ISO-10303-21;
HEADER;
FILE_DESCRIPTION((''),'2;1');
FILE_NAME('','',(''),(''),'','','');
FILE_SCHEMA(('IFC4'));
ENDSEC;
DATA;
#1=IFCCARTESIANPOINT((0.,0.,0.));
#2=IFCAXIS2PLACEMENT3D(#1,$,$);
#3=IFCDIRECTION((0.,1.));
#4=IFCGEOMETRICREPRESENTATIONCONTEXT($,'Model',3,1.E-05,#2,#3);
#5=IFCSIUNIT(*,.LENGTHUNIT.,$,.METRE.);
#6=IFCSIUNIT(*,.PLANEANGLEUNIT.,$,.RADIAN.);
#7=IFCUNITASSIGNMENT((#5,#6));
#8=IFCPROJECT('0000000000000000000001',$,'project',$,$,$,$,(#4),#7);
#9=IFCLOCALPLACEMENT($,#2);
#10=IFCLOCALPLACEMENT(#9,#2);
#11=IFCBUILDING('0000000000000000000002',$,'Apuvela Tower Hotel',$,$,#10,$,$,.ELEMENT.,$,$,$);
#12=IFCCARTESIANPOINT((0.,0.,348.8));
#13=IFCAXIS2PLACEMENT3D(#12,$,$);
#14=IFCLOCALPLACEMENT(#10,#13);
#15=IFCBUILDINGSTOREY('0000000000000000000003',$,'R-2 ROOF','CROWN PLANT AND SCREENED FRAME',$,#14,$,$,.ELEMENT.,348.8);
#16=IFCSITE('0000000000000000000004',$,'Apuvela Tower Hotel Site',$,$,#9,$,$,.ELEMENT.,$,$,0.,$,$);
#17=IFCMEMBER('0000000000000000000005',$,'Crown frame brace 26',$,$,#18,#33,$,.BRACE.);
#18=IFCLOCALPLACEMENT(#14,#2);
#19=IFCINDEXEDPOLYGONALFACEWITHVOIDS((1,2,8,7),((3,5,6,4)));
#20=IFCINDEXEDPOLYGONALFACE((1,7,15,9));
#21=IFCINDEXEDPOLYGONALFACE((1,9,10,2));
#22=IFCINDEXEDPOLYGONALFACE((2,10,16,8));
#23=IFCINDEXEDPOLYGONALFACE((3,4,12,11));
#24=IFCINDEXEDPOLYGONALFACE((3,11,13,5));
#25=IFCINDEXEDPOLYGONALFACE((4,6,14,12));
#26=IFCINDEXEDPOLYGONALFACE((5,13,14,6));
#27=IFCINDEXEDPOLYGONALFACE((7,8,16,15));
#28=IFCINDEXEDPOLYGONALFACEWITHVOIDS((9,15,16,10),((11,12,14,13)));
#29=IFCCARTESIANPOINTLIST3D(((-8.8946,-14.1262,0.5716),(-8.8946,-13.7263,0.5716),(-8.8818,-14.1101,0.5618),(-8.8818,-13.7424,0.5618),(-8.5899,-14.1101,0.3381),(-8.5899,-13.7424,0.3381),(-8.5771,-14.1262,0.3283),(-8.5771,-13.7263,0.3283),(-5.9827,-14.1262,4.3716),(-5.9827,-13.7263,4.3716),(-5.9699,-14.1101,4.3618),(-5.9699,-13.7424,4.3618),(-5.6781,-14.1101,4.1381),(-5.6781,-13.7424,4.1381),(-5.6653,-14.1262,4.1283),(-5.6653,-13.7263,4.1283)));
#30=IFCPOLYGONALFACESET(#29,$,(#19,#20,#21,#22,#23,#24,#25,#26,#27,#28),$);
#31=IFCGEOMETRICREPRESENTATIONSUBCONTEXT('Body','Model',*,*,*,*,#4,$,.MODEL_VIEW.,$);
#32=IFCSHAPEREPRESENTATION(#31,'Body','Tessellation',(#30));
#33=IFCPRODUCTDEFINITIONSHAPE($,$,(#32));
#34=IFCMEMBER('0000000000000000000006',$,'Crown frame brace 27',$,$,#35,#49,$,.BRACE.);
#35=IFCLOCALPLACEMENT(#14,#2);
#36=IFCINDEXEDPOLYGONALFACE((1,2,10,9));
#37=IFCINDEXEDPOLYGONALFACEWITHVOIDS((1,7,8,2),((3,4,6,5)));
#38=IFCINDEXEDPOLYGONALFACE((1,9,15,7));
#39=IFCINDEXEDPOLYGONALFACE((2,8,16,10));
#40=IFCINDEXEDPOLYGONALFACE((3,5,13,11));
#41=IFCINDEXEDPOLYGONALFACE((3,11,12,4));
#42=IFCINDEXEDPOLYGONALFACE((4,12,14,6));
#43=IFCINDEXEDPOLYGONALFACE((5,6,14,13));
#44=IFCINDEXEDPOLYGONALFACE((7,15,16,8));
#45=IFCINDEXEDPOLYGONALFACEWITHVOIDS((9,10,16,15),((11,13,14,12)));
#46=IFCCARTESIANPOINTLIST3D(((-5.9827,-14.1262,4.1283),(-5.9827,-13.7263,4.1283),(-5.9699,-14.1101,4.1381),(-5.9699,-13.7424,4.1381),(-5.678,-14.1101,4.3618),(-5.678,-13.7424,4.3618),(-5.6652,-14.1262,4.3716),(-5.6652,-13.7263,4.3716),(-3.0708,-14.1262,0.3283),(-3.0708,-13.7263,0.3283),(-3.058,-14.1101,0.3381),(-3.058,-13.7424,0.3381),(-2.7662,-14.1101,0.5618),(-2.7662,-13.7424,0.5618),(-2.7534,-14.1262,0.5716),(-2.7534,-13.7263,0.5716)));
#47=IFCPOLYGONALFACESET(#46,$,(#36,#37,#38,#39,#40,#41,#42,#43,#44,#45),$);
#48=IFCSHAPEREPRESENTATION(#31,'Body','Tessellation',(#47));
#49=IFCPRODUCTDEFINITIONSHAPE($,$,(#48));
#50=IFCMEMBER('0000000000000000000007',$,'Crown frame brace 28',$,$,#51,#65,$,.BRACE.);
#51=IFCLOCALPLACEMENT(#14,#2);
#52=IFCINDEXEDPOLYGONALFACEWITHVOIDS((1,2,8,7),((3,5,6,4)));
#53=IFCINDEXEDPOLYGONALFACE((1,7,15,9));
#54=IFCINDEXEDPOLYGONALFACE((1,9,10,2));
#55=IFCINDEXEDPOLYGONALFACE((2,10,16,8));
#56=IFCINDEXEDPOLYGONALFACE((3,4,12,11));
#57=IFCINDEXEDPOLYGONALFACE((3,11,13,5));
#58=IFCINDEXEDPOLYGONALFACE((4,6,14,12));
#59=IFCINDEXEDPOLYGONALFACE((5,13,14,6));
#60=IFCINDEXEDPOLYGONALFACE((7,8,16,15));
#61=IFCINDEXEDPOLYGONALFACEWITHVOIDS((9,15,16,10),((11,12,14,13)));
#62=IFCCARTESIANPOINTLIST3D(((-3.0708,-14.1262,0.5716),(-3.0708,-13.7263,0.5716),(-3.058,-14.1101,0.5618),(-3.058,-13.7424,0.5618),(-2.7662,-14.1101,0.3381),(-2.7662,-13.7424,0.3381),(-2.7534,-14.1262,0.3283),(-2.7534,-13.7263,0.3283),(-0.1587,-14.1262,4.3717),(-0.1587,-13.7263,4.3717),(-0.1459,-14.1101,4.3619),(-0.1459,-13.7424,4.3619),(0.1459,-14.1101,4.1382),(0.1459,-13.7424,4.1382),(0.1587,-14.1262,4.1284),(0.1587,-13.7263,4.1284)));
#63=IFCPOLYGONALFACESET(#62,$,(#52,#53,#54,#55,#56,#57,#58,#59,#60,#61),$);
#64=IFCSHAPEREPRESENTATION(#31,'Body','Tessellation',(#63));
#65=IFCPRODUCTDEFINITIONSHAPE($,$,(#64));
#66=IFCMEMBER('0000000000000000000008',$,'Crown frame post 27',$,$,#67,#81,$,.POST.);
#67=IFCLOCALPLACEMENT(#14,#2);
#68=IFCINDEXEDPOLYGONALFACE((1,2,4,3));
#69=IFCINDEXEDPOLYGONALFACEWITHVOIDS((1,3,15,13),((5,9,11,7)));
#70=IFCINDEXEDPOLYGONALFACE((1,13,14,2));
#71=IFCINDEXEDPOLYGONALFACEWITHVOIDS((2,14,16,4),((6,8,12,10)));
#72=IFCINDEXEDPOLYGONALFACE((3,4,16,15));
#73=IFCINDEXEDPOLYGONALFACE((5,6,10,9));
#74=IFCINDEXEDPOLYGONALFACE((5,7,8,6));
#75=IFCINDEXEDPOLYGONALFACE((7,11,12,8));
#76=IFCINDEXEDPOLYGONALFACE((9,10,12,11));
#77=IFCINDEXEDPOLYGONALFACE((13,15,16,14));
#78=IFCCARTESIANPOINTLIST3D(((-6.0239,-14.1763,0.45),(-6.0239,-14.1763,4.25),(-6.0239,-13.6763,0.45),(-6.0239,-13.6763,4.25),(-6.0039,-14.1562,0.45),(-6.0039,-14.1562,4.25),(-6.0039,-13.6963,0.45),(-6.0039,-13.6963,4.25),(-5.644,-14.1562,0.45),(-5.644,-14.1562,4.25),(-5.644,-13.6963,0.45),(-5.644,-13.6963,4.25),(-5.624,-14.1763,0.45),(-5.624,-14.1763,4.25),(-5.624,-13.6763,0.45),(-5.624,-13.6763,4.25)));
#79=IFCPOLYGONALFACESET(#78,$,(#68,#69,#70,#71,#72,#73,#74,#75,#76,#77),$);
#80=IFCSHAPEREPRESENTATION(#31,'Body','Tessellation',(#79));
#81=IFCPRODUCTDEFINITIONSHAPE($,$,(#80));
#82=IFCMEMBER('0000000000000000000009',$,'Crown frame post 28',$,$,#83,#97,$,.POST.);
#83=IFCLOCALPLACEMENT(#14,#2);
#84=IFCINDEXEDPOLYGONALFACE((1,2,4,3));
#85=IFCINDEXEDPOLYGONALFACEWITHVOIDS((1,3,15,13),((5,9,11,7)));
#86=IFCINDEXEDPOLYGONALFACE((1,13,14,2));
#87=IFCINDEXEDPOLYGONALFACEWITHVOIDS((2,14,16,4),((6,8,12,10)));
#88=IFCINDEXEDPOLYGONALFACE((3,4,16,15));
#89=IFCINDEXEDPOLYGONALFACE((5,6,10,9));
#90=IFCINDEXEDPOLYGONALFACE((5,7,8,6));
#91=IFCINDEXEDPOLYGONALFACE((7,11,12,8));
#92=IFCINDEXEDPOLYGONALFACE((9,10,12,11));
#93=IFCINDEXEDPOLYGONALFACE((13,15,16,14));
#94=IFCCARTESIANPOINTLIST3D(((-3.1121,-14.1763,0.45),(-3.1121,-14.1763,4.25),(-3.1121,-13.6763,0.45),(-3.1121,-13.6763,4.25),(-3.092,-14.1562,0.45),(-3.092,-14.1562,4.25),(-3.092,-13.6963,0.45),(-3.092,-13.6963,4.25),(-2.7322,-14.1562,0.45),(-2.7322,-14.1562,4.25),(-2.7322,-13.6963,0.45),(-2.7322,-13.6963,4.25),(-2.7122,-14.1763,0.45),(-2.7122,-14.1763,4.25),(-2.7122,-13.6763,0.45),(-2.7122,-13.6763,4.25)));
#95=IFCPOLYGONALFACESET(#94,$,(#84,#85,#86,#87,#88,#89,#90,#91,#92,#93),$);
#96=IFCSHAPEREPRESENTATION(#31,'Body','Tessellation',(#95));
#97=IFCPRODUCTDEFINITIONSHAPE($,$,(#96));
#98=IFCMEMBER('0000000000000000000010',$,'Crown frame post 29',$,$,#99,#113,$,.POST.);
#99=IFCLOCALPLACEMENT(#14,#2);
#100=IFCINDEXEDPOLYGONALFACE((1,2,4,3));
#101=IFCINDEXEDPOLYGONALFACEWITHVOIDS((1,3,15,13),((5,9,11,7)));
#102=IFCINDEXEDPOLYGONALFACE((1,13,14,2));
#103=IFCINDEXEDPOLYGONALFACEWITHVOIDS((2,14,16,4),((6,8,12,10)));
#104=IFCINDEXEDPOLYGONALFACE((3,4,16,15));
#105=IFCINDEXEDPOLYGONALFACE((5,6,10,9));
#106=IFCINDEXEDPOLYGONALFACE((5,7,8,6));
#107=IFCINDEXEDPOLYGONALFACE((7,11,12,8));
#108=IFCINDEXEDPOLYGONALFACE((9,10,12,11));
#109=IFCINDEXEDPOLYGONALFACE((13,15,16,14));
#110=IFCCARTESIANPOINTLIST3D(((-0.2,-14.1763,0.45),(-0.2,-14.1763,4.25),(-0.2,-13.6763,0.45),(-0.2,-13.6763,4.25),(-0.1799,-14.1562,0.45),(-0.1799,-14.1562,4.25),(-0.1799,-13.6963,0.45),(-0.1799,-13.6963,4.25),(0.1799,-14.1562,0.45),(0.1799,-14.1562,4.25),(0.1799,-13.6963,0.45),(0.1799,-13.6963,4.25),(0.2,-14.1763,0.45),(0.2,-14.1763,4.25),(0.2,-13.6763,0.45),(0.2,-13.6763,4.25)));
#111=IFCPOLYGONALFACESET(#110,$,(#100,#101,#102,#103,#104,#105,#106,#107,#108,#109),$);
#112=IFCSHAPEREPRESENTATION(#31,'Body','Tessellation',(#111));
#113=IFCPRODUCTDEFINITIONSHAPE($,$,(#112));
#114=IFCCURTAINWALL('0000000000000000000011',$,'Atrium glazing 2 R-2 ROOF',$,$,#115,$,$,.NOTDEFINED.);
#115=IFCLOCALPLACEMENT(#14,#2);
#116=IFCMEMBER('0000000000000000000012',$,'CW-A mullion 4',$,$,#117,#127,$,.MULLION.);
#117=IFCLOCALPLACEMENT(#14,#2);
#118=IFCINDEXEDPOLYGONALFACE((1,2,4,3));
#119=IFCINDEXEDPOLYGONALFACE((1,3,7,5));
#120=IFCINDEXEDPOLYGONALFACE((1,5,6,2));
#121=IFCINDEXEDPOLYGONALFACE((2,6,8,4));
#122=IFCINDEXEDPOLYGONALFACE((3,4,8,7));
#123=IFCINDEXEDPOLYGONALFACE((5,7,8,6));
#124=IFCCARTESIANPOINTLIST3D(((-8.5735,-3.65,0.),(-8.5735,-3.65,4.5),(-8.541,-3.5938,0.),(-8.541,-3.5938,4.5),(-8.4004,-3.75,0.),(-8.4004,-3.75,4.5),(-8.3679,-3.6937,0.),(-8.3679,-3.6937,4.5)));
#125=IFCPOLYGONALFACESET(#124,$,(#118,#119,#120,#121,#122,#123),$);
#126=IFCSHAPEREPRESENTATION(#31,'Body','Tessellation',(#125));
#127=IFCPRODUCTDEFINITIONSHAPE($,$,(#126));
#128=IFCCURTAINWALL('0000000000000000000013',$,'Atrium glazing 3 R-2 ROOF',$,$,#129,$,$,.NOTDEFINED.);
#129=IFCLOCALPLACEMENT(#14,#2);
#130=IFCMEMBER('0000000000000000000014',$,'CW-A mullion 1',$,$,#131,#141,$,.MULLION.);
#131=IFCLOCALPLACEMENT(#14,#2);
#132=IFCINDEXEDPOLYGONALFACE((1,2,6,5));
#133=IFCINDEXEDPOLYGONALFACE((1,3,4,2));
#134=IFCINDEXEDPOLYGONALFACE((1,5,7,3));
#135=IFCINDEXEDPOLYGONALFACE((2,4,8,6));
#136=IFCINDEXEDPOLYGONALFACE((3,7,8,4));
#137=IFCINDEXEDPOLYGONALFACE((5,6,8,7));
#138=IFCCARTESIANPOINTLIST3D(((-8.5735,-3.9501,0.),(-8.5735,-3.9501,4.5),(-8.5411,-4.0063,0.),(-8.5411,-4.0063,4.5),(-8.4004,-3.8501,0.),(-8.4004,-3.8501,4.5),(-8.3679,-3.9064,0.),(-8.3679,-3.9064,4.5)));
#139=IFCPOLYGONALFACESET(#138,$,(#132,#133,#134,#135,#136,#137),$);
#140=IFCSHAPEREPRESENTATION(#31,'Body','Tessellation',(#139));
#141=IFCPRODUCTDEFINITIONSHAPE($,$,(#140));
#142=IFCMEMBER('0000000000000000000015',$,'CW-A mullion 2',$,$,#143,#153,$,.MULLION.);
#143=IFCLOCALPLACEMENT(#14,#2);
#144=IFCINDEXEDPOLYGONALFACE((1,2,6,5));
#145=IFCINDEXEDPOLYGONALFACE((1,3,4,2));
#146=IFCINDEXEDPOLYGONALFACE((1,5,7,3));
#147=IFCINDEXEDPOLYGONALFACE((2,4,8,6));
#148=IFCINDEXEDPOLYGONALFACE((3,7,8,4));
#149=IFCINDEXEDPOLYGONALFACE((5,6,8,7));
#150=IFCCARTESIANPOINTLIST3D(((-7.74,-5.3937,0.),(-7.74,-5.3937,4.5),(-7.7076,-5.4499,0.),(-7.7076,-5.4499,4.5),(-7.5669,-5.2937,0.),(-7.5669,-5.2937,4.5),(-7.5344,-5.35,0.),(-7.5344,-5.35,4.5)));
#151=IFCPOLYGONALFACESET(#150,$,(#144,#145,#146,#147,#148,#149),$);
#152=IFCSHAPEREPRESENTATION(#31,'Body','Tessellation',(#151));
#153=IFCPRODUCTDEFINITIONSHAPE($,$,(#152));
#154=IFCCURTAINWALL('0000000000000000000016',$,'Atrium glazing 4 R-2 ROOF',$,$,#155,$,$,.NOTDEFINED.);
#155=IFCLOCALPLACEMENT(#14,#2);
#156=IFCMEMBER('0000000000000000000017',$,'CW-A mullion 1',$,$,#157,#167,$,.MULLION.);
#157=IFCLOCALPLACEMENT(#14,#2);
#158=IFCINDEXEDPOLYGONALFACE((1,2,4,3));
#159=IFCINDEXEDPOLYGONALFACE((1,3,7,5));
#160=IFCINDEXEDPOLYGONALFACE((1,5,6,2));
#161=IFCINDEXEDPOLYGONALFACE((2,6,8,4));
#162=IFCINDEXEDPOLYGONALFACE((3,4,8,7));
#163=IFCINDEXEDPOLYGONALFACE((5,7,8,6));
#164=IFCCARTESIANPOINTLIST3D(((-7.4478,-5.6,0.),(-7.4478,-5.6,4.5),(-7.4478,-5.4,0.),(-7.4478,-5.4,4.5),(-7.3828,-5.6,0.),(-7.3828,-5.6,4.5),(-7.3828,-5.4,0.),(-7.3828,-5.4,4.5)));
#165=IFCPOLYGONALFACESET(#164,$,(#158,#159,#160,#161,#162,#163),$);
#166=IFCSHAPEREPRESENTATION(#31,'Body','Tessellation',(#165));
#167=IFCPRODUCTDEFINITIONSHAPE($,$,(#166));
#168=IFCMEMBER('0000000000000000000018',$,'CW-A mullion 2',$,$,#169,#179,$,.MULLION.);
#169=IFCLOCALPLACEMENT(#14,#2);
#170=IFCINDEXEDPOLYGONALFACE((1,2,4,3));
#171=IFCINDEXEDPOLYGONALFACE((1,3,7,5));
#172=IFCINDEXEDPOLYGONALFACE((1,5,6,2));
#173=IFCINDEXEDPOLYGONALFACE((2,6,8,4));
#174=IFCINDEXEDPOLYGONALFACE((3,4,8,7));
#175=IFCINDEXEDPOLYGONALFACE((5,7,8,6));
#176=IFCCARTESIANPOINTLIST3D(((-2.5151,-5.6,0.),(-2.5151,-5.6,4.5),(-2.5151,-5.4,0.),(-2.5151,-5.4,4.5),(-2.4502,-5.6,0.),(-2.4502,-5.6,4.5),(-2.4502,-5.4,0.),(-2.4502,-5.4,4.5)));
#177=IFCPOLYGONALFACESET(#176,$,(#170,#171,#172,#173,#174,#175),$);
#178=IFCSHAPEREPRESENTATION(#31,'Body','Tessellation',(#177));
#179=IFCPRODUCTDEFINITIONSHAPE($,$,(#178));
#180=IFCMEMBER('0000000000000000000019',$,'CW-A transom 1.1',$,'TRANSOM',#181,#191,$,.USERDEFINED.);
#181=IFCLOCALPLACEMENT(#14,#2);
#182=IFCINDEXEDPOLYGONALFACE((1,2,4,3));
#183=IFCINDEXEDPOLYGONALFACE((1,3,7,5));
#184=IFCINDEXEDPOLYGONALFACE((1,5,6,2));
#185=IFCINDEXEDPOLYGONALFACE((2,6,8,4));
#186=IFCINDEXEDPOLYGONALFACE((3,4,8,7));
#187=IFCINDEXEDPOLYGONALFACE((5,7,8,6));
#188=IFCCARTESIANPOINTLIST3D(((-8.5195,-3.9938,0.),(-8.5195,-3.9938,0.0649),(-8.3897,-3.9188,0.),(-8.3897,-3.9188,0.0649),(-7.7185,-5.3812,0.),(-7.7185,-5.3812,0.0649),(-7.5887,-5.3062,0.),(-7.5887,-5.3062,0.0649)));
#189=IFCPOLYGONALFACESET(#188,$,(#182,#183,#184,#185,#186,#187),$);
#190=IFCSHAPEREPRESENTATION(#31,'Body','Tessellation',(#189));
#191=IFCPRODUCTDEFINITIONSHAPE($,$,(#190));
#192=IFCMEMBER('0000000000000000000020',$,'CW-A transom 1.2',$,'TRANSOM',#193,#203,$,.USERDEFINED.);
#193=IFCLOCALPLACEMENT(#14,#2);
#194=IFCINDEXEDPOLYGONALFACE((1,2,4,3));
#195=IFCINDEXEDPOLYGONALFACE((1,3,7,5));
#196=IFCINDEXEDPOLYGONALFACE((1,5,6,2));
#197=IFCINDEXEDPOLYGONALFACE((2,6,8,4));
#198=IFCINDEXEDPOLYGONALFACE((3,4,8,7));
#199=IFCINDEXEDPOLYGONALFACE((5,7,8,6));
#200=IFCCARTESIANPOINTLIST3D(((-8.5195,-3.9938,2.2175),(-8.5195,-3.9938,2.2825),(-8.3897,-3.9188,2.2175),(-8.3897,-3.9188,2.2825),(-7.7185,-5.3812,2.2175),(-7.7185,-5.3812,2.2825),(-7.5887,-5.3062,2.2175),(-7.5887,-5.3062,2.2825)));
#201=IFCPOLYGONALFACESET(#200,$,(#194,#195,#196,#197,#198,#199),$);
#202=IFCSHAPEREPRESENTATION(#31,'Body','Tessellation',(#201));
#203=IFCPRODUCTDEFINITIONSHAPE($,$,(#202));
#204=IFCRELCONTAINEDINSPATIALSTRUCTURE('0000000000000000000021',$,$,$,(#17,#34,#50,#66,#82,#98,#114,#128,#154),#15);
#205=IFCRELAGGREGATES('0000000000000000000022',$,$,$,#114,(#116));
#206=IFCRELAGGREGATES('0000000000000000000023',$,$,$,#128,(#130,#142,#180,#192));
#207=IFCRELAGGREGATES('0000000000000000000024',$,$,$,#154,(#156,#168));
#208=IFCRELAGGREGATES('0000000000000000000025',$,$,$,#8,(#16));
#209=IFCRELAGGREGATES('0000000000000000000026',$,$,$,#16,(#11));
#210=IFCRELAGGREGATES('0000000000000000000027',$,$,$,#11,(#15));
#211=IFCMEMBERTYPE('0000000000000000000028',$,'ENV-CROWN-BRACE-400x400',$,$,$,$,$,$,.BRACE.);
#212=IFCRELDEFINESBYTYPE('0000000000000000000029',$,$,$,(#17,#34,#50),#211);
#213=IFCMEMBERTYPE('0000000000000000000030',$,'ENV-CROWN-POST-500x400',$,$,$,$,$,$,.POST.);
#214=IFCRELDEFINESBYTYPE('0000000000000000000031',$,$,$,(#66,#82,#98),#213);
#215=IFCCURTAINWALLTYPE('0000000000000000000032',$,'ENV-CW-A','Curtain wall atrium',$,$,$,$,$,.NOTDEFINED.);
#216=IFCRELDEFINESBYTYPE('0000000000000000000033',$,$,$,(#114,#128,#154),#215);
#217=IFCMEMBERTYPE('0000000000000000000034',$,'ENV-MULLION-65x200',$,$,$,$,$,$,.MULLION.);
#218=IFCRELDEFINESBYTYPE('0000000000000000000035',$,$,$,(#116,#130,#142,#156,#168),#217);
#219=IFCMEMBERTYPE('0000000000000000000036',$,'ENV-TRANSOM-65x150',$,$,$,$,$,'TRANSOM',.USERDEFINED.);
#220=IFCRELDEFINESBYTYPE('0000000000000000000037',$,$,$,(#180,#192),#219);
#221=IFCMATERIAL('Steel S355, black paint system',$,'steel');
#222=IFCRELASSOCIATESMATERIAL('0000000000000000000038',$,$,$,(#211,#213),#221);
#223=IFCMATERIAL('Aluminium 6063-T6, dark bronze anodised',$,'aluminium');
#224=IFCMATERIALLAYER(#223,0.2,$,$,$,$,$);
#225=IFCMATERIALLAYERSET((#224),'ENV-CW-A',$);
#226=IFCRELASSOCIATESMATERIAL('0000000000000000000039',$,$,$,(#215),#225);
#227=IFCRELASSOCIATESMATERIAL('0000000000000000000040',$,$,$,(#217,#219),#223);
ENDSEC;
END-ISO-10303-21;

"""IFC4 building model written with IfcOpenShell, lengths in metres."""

from ifc_helpers import new_model, si_unit, direction, frame, origin, origin_2d, place, context, subcontext, project, spatial, rectangle, hollow_rectangle, extrude, material, layer, layer_set, material_profile, profile_set, type_object, element, aggregate, save


model = new_model("IFC4")

# Units and contexts
model_context = context("Model", 3, precision=1e-05, world=origin(), true_north=direction((0.0, 1.0)))
body_context = subcontext(model_context, "Body", "Model", "MODEL_VIEW")
ifc_project = project(units=[si_unit("LENGTHUNIT", "METRE"), si_unit("PLANEANGLEUNIT", "RADIAN")], contexts=[model_context])

# Site, building, storey
site_placement = place(None, origin())
site = spatial("IfcSite", under=ifc_project, at=site_placement, Name="Apuvela Tower Hotel Site", CompositionType="ELEMENT", RefElevation=0.0)
building_placement = place(site_placement, origin())
building = spatial("IfcBuilding", under=site, at=building_placement, Name="Apuvela Tower Hotel", CompositionType="ELEMENT")
storey_placement = place(building_placement, frame((0.0, 0.0, 348.8)))
storey = spatial("IfcBuildingStorey", under=building, at=storey_placement, Name="R-2 ROOF", Description="CROWN PLANT AND SCREENED FRAME", CompositionType="ELEMENT", Elevation=348.8)

# Members
ifc_material_1 = material(Name="Steel S355, black paint system", Category="steel")
ifc_material_profile_1 = material_profile(ifc_material_1, hollow_rectangle(XDim=0.3999, YDim=0.3999, WallThickness=0.0161, at=origin_2d()), Name="HSS 400x400x16")
ifc_profile_set_1 = profile_set([ifc_material_profile_1], Name="Steel S355, black paint system")
member_type_1 = type_object("IfcMemberType", Name="ENV-CROWN-BRACE-400x400", PredefinedType="BRACE", material=ifc_profile_set_1)
for number, where, z_axis, x_axis, name in (
    (1, (-8.7358, -13.9263, 0.45), (0.608233, 0.0, 0.793758), (0.0, 1.0, 0.0), "Crown frame brace 26"),
    (2, (-2.9121, -13.9263, 0.45), (-0.608233, 0.0, 0.793758), (0.0, -1.0, 0.0), "Crown frame brace 27"),
):
    element("IfcMember", number, at=place(storey_placement, frame(where, z_axis=z_axis, x_axis=x_axis)), inside=storey, type_object=member_type_1, Name=name, PredefinedType="BRACE", context=body_context, shape_type="SweptSolid", body=[
        extrude(hollow_rectangle(XDim=0.3999, YDim=0.3999, WallThickness=0.0161, at=origin_2d()), origin(), (0.0, 0.0, 1.0), 4.7874),
    ])
member_1_placement = place(storey_placement, frame((-2.9121, -13.9263, 0.45), z_axis=(0.608266, 0.0, 0.793734), x_axis=(0.0, 1.0, 0.0)))
element("IfcMember", 3, at=member_1_placement, inside=storey, type_object=member_type_1, Name="Crown frame brace 28", PredefinedType="BRACE", context=body_context, shape_type="SweptSolid", body=[
    extrude(hollow_rectangle(XDim=0.3999, YDim=0.3999, WallThickness=0.0161, at=origin_2d()), origin(), (0.0, 0.0, 1.0), 4.7876),
])
ifc_material_profile_2 = material_profile(ifc_material_1, hollow_rectangle(XDim=0.3999, YDim=0.5, WallThickness=0.02, at=origin_2d()), Name="HSS 500x400x20")
ifc_profile_set_2 = profile_set([ifc_material_profile_2], Name="Steel S355, black paint system")
member_type_2 = type_object("IfcMemberType", Name="ENV-CROWN-POST-500x400", PredefinedType="POST", material=ifc_profile_set_2)
for number, where, z_axis, x_axis, name in (
    (4, (-5.824, -13.9263, 0.45), (0.0, 0.0, 1.0), (1.0, 0.0, 0.0), "Crown frame post 27"),
    (5, (-2.9121, -13.9263, 0.45), (0.0, 0.0, 1.0), (1.0, 0.0, 0.0), "Crown frame post 28"),
    (6, (0.0, -13.9263, 0.45), (0.0, 0.0, 1.0), (1.0, 0.0, 0.0), "Crown frame post 29"),
):
    element("IfcMember", number, at=place(storey_placement, frame(where, z_axis=z_axis, x_axis=x_axis)), inside=storey, type_object=member_type_2, Name=name, PredefinedType="POST", context=body_context, shape_type="SweptSolid", body=[
        extrude(hollow_rectangle(XDim=0.3999, YDim=0.5, WallThickness=0.02, at=origin_2d()), origin(), (0.0, 0.0, 1.0), 3.8),
    ])

# Curtain wall, member
ifc_material_2 = material(Name="Aluminium 6063-T6, dark bronze anodised", Category="aluminium")
ifc_layer_1 = layer(ifc_material_2, 0.2)
ifc_layer_set_1 = layer_set([ifc_layer_1], Name="ENV-CW-A")
curtain_wall_type = type_object("IfcCurtainWallType", Name="ENV-CW-A", Description="Curtain wall atrium", PredefinedType="NOTDEFINED", material=ifc_layer_set_1)
curtain_wall_1_placement = place(storey_placement, origin())
curtain_wall_1 = element("IfcCurtainWall", 7, at=curtain_wall_1_placement, inside=storey, type_object=curtain_wall_type, Name="Atrium glazing 2 R-2 ROOF", PredefinedType="NOTDEFINED")
ifc_material_profile_3 = material_profile(ifc_material_2, rectangle(XDim=0.2, YDim=0.0649, at=origin_2d()), Name="AL 65x200")
ifc_profile_set_3 = profile_set([ifc_material_profile_3], Name="Aluminium 6063-T6, dark bronze anodised")
member_type_3 = type_object("IfcMemberType", Name="ENV-MULLION-65x200", PredefinedType="MULLION", material=ifc_profile_set_3)
member_2_placement = place(storey_placement, frame((-8.4707, -3.6719, 0.0), z_axis=(0.0, 0.0, 1.0), x_axis=(0.866026, -0.499999, 0.0)))
member_2 = element("IfcMember", 8, at=member_2_placement, type_object=member_type_3, Name="CW-A mullion 4", PredefinedType="MULLION", context=body_context, shape_type="SweptSolid", body=[
    extrude(rectangle(XDim=0.2, YDim=0.0649, at=origin_2d()), origin(), (0.0, 0.0, 1.0), 4.5),
])

# Curtain walls, members
curtain_wall_2_placement = place(storey_placement, origin())
curtain_wall_2 = element("IfcCurtainWall", 9, at=curtain_wall_2_placement, inside=storey, type_object=curtain_wall_type, Name="Atrium glazing 3 R-2 ROOF", PredefinedType="NOTDEFINED")
member_3_placement = place(storey_placement, frame((-8.4707, -3.9282, 0.0), z_axis=(0.0, 0.0, 1.0), x_axis=(0.866032, 0.499989, 0.0)))
member_3 = element("IfcMember", 10, at=member_3_placement, type_object=member_type_3, Name="CW-A mullion 1", PredefinedType="MULLION", context=body_context, shape_type="SweptSolid", body=[
    extrude(rectangle(XDim=0.2, YDim=0.0649, at=origin_2d()), origin(), (0.0, 0.0, 1.0), 4.5),
])
member_4_placement = place(storey_placement, frame((-7.6372, -5.3718, 0.0), z_axis=(0.0, 0.0, 1.0), x_axis=(0.866032, 0.499989, 0.0)))
member_4 = element("IfcMember", 11, at=member_4_placement, type_object=member_type_3, Name="CW-A mullion 2", PredefinedType="MULLION", context=body_context, shape_type="SweptSolid", body=[
    extrude(rectangle(XDim=0.2, YDim=0.0649, at=origin_2d()), origin(), (0.0, 0.0, 1.0), 4.5),
])
curtain_wall_3_placement = place(storey_placement, origin())
curtain_wall_3 = element("IfcCurtainWall", 12, at=curtain_wall_3_placement, inside=storey, type_object=curtain_wall_type, Name="Atrium glazing 4 R-2 ROOF", PredefinedType="NOTDEFINED")
member_5_placement = place(storey_placement, frame((-7.4153, -5.5, 0.0), z_axis=(0.0, 0.0, 1.0), x_axis=(0.0, 1.0, 0.0)))
member_5 = element("IfcMember", 13, at=member_5_placement, type_object=member_type_3, Name="CW-A mullion 1", PredefinedType="MULLION", context=body_context, shape_type="SweptSolid", body=[
    extrude(rectangle(XDim=0.2, YDim=0.0649, at=origin_2d()), origin(), (0.0, 0.0, 1.0), 4.5),
])
member_6_placement = place(storey_placement, frame((-2.4827, -5.5, 0.0), z_axis=(0.0, 0.0, 1.0), x_axis=(0.0, 1.0, 0.0)))
member_6 = element("IfcMember", 14, at=member_6_placement, type_object=member_type_3, Name="CW-A mullion 2", PredefinedType="MULLION", context=body_context, shape_type="SweptSolid", body=[
    extrude(rectangle(XDim=0.2, YDim=0.0649, at=origin_2d()), origin(), (0.0, 0.0, 1.0), 4.5),
])

# Members
ifc_material_profile_4 = material_profile(ifc_material_2, rectangle(XDim=0.1499, YDim=0.0649, at=origin_2d()), Name="AL 65x150 transom")
ifc_profile_set_4 = profile_set([ifc_material_profile_4], Name="Aluminium 6063-T6, dark bronze anodised")
member_type_4 = type_object("IfcMemberType", Name="ENV-TRANSOM-65x150", ElementType="TRANSOM", PredefinedType="USERDEFINED", material=ifc_profile_set_4)
member_7_placement = place(storey_placement, frame((-8.4546, -3.9563, 0.0325), z_axis=(0.499991, -0.866031, 0.0), x_axis=(0.866031, 0.499991, 0.0)))
member_7 = element("IfcMember", 15, at=member_7_placement, type_object=member_type_4, Name="CW-A transom 1.1", ObjectType="TRANSOM", PredefinedType="USERDEFINED", context=body_context, shape_type="SweptSolid", body=[
    extrude(rectangle(XDim=0.1499, YDim=0.0649, at=origin_2d()), origin(), (0.0, 0.0, 1.0), 1.6021),
])
member_8_placement = place(storey_placement, frame((-8.4546, -3.9563, 2.25), z_axis=(0.499991, -0.866031, 0.0), x_axis=(0.866031, 0.499991, 0.0)))
member_8 = element("IfcMember", 16, at=member_8_placement, type_object=member_type_4, Name="CW-A transom 1.2", ObjectType="TRANSOM", PredefinedType="USERDEFINED", context=body_context, shape_type="SweptSolid", body=[
    extrude(rectangle(XDim=0.1499, YDim=0.0649, at=origin_2d()), origin(), (0.0, 0.0, 1.0), 1.6021),
])

aggregate(curtain_wall_1, [member_2])
aggregate(curtain_wall_2, [member_3, member_4, member_7, member_8])
aggregate(curtain_wall_3, [member_5, member_6])

save(model, "model.ifc")
